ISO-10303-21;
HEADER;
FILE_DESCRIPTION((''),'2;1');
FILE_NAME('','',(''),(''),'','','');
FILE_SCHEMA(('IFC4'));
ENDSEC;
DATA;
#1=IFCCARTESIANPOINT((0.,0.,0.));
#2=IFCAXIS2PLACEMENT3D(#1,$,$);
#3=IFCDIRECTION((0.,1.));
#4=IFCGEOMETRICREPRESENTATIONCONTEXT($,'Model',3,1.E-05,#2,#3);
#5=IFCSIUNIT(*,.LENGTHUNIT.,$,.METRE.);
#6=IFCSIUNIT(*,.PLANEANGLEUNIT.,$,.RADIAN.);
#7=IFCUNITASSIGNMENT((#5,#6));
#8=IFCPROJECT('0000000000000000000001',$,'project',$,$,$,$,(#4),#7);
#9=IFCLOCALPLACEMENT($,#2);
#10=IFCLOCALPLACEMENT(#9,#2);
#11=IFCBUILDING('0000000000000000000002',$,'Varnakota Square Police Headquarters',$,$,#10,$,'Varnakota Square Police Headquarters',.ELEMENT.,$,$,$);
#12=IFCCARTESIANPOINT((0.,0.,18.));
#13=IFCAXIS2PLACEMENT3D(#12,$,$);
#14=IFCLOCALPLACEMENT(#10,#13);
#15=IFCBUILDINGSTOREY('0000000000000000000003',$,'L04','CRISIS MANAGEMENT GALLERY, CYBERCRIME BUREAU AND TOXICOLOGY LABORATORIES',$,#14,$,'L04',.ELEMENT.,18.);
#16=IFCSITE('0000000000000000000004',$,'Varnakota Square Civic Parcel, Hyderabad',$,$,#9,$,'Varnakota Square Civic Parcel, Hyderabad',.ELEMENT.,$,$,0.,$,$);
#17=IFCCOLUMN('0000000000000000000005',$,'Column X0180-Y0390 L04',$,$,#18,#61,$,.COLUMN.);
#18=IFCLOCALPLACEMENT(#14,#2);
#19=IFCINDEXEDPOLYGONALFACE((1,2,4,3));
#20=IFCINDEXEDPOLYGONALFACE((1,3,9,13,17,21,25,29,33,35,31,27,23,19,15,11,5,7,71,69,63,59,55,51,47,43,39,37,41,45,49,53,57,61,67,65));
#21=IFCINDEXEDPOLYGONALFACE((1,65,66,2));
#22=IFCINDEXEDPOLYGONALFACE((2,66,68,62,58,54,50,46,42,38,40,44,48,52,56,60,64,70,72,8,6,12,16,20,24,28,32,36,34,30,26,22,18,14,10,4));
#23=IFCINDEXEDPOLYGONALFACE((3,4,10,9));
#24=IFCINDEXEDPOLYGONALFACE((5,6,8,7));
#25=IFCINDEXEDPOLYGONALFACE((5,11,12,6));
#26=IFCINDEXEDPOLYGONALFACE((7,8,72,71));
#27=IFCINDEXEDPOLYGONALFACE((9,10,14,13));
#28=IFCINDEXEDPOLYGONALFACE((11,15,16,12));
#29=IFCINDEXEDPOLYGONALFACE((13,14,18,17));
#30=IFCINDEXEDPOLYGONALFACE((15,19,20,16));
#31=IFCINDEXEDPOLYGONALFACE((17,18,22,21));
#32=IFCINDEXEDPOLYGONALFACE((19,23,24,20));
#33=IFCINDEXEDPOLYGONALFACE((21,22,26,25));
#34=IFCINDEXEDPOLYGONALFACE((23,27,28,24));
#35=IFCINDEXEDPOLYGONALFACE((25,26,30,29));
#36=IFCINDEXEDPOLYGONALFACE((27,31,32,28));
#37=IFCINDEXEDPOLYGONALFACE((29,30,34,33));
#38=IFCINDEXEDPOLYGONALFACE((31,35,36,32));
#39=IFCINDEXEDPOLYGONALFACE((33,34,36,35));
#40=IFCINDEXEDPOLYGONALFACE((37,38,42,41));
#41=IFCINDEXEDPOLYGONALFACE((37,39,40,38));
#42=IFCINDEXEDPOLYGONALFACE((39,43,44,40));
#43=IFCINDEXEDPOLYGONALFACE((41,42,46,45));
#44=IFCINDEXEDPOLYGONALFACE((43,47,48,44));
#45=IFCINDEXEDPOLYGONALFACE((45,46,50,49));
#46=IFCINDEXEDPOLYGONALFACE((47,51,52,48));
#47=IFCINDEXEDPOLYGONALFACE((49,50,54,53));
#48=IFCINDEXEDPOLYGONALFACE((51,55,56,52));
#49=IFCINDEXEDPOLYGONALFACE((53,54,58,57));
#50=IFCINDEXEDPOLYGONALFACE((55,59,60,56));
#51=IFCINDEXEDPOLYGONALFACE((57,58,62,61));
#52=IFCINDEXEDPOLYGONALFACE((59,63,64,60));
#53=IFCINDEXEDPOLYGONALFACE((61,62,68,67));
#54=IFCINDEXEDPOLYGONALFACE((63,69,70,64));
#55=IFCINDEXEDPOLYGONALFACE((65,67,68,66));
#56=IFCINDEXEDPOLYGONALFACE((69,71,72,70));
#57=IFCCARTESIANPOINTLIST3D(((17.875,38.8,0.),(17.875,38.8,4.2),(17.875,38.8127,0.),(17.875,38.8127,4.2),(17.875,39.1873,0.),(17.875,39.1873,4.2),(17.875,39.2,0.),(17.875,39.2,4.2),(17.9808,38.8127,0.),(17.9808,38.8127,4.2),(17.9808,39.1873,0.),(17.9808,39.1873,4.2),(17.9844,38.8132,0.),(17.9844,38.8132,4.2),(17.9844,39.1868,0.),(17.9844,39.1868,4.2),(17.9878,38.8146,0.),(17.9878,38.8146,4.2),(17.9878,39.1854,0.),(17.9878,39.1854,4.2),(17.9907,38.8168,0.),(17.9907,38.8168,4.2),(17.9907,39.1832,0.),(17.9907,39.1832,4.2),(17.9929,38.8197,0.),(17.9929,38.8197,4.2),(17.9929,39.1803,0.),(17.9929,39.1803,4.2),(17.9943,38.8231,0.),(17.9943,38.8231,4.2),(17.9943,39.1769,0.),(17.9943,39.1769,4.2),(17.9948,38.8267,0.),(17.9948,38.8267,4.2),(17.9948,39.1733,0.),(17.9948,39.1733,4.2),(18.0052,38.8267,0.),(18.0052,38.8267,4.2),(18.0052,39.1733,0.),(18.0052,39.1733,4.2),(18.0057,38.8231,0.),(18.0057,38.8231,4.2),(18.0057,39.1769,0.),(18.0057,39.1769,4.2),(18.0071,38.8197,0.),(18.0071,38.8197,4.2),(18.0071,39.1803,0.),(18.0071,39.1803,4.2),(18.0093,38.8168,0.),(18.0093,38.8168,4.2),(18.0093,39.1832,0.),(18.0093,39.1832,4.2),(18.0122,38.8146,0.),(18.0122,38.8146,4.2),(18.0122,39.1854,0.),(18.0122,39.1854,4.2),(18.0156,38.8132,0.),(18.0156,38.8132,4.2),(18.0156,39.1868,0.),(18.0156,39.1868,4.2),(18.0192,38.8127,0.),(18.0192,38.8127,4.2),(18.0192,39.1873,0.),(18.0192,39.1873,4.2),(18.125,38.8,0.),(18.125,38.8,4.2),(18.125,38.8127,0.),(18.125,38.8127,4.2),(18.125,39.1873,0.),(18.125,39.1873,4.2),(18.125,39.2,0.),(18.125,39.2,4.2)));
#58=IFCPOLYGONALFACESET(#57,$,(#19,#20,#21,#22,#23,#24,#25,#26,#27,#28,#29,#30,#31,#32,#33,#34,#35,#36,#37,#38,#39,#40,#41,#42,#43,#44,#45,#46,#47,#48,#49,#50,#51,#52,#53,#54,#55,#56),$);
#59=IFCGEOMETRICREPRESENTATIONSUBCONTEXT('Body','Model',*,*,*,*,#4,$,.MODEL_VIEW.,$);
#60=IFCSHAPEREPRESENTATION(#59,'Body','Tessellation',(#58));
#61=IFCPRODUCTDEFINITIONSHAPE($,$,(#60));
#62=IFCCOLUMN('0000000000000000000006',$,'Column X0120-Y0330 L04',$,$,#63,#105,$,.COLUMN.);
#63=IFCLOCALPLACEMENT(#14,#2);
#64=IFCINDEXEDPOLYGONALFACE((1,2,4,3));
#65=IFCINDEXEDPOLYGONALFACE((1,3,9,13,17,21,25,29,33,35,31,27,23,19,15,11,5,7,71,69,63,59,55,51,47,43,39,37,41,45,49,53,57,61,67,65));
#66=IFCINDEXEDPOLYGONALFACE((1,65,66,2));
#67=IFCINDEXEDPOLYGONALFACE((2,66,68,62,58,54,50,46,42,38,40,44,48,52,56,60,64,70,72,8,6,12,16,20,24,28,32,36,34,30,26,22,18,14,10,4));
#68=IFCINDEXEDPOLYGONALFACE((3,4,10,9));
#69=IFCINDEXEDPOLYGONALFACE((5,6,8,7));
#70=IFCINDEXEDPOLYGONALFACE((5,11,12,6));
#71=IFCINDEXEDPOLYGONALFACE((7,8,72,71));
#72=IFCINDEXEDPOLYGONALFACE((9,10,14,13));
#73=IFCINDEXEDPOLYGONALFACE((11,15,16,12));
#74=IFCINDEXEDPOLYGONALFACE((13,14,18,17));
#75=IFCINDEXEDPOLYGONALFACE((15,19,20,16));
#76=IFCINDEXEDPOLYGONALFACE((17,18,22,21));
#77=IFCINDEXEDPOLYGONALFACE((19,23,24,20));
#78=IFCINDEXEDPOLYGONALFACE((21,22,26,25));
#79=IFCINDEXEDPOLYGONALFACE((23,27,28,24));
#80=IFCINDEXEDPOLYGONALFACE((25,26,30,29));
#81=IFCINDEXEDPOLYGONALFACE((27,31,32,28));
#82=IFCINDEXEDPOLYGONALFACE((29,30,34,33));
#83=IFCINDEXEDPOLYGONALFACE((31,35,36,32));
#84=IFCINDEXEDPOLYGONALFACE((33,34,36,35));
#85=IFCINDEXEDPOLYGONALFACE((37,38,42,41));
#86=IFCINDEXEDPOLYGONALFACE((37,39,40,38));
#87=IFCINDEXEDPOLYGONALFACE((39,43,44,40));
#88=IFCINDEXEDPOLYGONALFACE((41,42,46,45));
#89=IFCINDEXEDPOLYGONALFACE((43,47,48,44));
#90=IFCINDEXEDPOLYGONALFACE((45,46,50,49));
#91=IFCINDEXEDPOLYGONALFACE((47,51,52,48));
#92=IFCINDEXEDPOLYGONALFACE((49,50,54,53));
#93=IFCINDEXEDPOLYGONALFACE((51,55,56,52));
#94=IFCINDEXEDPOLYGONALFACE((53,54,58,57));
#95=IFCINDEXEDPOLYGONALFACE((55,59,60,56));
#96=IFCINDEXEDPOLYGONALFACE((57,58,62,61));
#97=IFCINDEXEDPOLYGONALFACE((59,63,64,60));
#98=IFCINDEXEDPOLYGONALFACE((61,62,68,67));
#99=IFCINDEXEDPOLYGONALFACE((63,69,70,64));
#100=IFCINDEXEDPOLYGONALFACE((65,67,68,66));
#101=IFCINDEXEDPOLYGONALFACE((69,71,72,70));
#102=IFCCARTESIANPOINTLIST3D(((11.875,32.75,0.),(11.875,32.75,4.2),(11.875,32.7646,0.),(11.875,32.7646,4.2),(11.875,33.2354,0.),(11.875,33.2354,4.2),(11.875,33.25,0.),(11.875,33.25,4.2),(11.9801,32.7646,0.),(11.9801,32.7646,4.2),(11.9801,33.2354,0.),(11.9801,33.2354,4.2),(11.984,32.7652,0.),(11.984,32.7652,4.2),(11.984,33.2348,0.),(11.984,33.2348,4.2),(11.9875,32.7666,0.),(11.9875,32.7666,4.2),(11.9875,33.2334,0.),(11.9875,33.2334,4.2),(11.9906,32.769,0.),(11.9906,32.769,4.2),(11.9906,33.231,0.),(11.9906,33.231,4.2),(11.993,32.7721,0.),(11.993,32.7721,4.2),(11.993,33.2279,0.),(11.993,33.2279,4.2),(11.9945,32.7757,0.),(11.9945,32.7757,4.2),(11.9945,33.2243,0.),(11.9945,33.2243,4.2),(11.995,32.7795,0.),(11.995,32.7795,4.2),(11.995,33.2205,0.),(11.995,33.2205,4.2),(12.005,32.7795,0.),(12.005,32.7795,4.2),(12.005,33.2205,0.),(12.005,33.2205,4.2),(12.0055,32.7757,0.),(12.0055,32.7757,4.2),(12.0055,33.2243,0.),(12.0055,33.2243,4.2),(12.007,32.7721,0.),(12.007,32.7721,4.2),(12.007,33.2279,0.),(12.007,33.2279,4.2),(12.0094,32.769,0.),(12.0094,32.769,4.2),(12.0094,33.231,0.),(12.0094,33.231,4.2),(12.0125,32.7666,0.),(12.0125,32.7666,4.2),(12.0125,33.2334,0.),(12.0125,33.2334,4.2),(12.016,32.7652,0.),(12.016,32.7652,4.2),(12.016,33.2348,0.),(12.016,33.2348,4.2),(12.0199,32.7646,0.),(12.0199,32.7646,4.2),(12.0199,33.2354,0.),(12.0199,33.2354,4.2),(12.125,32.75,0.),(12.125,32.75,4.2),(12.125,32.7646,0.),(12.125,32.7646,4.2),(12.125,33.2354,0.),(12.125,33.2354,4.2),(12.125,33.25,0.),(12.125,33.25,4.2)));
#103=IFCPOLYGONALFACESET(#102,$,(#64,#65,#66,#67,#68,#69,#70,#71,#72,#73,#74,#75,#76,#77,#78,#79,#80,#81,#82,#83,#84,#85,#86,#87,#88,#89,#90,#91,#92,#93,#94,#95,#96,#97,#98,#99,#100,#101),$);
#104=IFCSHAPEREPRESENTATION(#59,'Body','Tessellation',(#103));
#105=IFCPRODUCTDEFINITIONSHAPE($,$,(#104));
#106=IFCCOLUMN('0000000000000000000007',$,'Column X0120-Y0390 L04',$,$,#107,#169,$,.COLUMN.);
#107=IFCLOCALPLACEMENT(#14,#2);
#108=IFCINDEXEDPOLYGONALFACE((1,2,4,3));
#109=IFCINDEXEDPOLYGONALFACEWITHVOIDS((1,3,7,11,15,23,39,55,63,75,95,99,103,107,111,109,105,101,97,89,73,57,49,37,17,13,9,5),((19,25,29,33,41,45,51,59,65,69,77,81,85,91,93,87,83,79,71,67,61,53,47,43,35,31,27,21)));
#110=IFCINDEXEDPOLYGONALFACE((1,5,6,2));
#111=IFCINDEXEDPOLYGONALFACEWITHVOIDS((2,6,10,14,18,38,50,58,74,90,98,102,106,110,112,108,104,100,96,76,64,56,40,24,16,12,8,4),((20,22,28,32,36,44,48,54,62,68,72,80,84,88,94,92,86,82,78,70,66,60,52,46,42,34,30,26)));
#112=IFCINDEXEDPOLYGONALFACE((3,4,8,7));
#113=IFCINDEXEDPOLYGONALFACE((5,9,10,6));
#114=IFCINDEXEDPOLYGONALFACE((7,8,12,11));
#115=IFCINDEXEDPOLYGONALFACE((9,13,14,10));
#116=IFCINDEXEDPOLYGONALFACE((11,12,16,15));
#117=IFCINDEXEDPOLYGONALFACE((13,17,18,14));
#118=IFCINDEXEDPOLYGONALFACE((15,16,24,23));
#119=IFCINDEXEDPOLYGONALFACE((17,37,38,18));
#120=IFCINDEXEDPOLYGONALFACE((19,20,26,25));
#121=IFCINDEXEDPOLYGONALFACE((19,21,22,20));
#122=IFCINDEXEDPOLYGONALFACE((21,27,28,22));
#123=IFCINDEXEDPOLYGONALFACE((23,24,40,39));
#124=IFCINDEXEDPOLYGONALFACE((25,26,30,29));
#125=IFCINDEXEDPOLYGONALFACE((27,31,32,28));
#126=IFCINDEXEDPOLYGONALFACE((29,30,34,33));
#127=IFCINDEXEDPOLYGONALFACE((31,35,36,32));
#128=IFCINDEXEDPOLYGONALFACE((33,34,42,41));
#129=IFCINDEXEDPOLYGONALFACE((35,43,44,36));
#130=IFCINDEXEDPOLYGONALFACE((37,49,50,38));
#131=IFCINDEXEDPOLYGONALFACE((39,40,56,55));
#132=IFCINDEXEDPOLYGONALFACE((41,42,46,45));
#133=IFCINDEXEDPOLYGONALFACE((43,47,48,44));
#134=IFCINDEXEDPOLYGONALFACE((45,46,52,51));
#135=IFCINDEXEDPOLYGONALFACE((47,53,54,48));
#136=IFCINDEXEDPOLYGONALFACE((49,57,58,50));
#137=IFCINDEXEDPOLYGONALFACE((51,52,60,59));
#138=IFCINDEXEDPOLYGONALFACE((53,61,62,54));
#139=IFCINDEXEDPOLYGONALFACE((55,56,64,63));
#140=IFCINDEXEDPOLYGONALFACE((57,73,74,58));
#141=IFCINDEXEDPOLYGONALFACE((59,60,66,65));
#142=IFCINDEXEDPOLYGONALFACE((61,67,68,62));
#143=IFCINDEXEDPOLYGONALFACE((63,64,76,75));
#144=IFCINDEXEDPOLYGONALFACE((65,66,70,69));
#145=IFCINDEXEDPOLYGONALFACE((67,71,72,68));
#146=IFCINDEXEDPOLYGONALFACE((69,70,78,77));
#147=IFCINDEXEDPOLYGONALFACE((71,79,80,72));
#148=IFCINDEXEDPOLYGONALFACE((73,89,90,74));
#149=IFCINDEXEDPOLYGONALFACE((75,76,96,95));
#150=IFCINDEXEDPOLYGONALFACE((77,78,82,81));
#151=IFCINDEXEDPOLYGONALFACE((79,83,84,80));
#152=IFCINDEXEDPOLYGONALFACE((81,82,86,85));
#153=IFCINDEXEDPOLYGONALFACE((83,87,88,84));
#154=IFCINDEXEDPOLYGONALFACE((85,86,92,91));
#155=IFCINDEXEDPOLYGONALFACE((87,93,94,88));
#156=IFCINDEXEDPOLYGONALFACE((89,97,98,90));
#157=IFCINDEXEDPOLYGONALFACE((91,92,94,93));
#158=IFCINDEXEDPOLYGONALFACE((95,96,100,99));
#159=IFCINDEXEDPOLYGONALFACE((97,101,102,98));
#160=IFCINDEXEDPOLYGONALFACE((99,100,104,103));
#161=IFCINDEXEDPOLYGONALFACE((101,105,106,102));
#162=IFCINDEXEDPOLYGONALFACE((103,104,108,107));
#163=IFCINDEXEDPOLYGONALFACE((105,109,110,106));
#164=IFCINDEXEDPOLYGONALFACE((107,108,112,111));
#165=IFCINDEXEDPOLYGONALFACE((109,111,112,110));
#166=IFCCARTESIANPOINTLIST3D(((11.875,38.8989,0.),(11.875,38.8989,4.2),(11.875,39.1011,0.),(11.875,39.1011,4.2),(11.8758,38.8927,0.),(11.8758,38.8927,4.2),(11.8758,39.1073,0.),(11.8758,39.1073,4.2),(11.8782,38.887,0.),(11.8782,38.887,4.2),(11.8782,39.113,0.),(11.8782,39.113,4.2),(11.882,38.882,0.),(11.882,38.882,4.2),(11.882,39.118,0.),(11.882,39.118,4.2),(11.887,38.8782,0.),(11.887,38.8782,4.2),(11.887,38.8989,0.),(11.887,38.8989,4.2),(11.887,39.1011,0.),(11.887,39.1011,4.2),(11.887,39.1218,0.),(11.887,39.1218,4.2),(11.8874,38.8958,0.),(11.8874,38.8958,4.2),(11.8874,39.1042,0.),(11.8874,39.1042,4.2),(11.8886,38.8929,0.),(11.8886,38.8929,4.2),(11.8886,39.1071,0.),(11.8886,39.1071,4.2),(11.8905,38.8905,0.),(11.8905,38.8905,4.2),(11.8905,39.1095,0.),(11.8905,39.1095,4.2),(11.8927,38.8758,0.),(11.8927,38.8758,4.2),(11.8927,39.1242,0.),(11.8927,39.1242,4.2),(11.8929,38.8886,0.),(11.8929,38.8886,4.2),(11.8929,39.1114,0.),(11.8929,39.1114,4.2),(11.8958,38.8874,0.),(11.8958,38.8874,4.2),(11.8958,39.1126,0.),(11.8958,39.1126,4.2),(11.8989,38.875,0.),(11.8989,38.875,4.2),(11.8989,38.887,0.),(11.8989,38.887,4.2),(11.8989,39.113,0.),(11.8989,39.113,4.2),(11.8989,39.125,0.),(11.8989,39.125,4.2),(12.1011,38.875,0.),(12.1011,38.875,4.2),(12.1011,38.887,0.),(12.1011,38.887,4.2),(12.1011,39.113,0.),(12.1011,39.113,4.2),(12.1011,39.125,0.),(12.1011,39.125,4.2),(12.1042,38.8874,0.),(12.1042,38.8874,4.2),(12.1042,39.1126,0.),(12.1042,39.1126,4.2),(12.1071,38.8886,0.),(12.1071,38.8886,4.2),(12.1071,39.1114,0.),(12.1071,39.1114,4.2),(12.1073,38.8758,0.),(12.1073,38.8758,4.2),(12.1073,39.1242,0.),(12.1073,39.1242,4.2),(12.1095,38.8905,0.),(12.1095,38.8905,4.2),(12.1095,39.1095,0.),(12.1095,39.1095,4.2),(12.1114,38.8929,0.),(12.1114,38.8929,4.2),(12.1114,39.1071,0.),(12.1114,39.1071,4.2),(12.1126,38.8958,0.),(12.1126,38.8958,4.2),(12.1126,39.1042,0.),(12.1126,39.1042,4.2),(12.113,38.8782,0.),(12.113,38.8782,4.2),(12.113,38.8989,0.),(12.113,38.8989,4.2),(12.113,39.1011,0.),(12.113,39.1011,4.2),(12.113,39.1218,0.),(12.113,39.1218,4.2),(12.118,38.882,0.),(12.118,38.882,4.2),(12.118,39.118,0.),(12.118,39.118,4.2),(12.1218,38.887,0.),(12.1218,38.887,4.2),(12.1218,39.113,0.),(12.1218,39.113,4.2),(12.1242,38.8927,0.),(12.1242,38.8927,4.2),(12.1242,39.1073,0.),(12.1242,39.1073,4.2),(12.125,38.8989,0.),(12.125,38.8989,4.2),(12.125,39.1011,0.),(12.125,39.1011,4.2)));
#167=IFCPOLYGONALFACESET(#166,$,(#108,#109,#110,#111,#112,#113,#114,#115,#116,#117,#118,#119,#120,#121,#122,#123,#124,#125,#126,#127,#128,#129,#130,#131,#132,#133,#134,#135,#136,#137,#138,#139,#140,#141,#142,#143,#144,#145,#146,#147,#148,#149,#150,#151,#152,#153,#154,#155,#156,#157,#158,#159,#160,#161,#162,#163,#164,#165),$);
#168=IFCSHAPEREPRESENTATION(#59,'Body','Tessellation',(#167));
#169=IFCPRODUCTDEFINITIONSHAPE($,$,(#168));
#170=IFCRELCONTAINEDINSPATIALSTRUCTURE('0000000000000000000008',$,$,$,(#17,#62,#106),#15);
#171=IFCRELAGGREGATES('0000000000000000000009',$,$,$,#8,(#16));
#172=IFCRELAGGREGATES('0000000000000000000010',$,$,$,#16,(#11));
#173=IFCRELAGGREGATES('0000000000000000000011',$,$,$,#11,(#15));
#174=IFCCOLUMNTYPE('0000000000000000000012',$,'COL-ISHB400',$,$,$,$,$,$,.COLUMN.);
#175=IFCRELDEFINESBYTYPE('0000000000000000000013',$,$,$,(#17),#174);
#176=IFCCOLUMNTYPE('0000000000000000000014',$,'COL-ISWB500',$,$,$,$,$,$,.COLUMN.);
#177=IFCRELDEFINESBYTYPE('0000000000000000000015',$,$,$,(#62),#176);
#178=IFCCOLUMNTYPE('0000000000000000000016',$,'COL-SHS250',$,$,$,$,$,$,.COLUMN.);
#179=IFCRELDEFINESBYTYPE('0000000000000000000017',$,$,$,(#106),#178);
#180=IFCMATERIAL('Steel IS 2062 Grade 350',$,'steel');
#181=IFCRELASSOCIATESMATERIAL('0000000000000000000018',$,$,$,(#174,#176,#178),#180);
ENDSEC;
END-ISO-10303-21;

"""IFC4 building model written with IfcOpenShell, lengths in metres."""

from ifc_helpers import new_model, si_unit, direction, frame, origin, origin_2d, place, context, subcontext, project, spatial, hollow_rectangle, i_section, extrude, material, material_profile, profile_set, type_object, element, save


model = new_model("IFC4")

# Units and contexts
model_context = context("Model", 3, precision=1e-05, world=origin(), true_north=direction((0.0, 1.0)))
body_context = subcontext(model_context, "Body", "Model", "MODEL_VIEW")
ifc_project = project(units=[si_unit("LENGTHUNIT", "METRE"), si_unit("PLANEANGLEUNIT", "RADIAN")], contexts=[model_context])

# Site, building, storey
site_placement = place(None, origin())
site = spatial("IfcSite", under=ifc_project, at=site_placement, Name="Varnakota Square Civic Parcel, Hyderabad", LongName="Varnakota Square Civic Parcel, Hyderabad", CompositionType="ELEMENT", RefElevation=0.0)
building_placement = place(site_placement, origin())
building = spatial("IfcBuilding", under=site, at=building_placement, Name="Varnakota Square Police Headquarters", LongName="Varnakota Square Police Headquarters", CompositionType="ELEMENT")
storey_placement = place(building_placement, frame((0.0, 0.0, 18.0)))
storey = spatial("IfcBuildingStorey", under=building, at=storey_placement, Name="L04", Description="CRISIS MANAGEMENT GALLERY, CYBERCRIME BUREAU AND TOXICOLOGY LABORATORIES", LongName="L04", CompositionType="ELEMENT", Elevation=18.0)

# Columns
ifc_material_1 = material(Name="Steel IS 2062 Grade 350", Category="steel")
ifc_material_profile_1 = material_profile(ifc_material_1, i_section(OverallWidth=0.25, OverallDepth=0.3999, WebThickness=0.0105, FlangeThickness=0.0127, FilletRadius=0.0139, at=origin_2d()), Name="ISHB 400")
ifc_profile_set_1 = profile_set([ifc_material_profile_1], Name="Steel IS 2062 Grade 350")
column_type_1 = type_object("IfcColumnType", Name="COL-ISHB400", PredefinedType="COLUMN", material=ifc_profile_set_1)
column_1_placement = place(storey_placement, frame((18.0, 39.0, 0.0), z_axis=(0.0, 0.0, 1.0), x_axis=(1.0, 0.0, 0.0)))
element("IfcColumn", 1, at=column_1_placement, inside=storey, type_object=column_type_1, Name="Column X0180-Y0390 L04", PredefinedType="COLUMN", context=body_context, shape_type="SweptSolid", body=[
    extrude(i_section(OverallWidth=0.25, OverallDepth=0.3999, WebThickness=0.0105, FlangeThickness=0.0127, FilletRadius=0.0139, at=origin_2d()), origin(), (0.0, 0.0, 1.0), 4.2),
])
ifc_material_profile_2 = material_profile(ifc_material_1, i_section(OverallWidth=0.25, OverallDepth=0.5, WebThickness=0.01, FlangeThickness=0.0146, FilletRadius=0.0149, at=origin_2d()), Name="ISWB 500")
ifc_profile_set_2 = profile_set([ifc_material_profile_2], Name="Steel IS 2062 Grade 350")
column_type_2 = type_object("IfcColumnType", Name="COL-ISWB500", PredefinedType="COLUMN", material=ifc_profile_set_2)
column_2_placement = place(storey_placement, frame((12.0, 33.0, 0.0), z_axis=(0.0, 0.0, 1.0), x_axis=(1.0, 0.0, 0.0)))
element("IfcColumn", 2, at=column_2_placement, inside=storey, type_object=column_type_2, Name="Column X0120-Y0330 L04", PredefinedType="COLUMN", context=body_context, shape_type="SweptSolid", body=[
    extrude(i_section(OverallWidth=0.25, OverallDepth=0.5, WebThickness=0.01, FlangeThickness=0.0146, FilletRadius=0.0149, at=origin_2d()), origin(), (0.0, 0.0, 1.0), 4.2),
])
ifc_material_profile_3 = material_profile(ifc_material_1, hollow_rectangle(XDim=0.25, YDim=0.25, WallThickness=0.012, InnerFilletRadius=0.012, OuterFilletRadius=0.0239, at=origin_2d()), Name="SHS 250x250x12")
ifc_profile_set_3 = profile_set([ifc_material_profile_3], Name="Steel IS 2062 Grade 350")
column_type_3 = type_object("IfcColumnType", Name="COL-SHS250", PredefinedType="COLUMN", material=ifc_profile_set_3)
for number, where, z_axis, x_axis, name in (
    (3, (12.0, 39.0, 0.0), (0.0, 0.0, 1.0), (1.0, 0.0, 0.0), "Column X0120-Y0390 L04"),
):
    element("IfcColumn", number, at=place(storey_placement, frame(where, z_axis=z_axis, x_axis=x_axis)), inside=storey, type_object=column_type_3, Name=name, PredefinedType="COLUMN", context=body_context, shape_type="SweptSolid", body=[
        extrude(hollow_rectangle(XDim=0.25, YDim=0.25, WallThickness=0.012, InnerFilletRadius=0.012, OuterFilletRadius=0.0239, at=origin_2d()), origin(), (0.0, 0.0, 1.0), 4.2),
    ])

save(model, "model.ifc")
